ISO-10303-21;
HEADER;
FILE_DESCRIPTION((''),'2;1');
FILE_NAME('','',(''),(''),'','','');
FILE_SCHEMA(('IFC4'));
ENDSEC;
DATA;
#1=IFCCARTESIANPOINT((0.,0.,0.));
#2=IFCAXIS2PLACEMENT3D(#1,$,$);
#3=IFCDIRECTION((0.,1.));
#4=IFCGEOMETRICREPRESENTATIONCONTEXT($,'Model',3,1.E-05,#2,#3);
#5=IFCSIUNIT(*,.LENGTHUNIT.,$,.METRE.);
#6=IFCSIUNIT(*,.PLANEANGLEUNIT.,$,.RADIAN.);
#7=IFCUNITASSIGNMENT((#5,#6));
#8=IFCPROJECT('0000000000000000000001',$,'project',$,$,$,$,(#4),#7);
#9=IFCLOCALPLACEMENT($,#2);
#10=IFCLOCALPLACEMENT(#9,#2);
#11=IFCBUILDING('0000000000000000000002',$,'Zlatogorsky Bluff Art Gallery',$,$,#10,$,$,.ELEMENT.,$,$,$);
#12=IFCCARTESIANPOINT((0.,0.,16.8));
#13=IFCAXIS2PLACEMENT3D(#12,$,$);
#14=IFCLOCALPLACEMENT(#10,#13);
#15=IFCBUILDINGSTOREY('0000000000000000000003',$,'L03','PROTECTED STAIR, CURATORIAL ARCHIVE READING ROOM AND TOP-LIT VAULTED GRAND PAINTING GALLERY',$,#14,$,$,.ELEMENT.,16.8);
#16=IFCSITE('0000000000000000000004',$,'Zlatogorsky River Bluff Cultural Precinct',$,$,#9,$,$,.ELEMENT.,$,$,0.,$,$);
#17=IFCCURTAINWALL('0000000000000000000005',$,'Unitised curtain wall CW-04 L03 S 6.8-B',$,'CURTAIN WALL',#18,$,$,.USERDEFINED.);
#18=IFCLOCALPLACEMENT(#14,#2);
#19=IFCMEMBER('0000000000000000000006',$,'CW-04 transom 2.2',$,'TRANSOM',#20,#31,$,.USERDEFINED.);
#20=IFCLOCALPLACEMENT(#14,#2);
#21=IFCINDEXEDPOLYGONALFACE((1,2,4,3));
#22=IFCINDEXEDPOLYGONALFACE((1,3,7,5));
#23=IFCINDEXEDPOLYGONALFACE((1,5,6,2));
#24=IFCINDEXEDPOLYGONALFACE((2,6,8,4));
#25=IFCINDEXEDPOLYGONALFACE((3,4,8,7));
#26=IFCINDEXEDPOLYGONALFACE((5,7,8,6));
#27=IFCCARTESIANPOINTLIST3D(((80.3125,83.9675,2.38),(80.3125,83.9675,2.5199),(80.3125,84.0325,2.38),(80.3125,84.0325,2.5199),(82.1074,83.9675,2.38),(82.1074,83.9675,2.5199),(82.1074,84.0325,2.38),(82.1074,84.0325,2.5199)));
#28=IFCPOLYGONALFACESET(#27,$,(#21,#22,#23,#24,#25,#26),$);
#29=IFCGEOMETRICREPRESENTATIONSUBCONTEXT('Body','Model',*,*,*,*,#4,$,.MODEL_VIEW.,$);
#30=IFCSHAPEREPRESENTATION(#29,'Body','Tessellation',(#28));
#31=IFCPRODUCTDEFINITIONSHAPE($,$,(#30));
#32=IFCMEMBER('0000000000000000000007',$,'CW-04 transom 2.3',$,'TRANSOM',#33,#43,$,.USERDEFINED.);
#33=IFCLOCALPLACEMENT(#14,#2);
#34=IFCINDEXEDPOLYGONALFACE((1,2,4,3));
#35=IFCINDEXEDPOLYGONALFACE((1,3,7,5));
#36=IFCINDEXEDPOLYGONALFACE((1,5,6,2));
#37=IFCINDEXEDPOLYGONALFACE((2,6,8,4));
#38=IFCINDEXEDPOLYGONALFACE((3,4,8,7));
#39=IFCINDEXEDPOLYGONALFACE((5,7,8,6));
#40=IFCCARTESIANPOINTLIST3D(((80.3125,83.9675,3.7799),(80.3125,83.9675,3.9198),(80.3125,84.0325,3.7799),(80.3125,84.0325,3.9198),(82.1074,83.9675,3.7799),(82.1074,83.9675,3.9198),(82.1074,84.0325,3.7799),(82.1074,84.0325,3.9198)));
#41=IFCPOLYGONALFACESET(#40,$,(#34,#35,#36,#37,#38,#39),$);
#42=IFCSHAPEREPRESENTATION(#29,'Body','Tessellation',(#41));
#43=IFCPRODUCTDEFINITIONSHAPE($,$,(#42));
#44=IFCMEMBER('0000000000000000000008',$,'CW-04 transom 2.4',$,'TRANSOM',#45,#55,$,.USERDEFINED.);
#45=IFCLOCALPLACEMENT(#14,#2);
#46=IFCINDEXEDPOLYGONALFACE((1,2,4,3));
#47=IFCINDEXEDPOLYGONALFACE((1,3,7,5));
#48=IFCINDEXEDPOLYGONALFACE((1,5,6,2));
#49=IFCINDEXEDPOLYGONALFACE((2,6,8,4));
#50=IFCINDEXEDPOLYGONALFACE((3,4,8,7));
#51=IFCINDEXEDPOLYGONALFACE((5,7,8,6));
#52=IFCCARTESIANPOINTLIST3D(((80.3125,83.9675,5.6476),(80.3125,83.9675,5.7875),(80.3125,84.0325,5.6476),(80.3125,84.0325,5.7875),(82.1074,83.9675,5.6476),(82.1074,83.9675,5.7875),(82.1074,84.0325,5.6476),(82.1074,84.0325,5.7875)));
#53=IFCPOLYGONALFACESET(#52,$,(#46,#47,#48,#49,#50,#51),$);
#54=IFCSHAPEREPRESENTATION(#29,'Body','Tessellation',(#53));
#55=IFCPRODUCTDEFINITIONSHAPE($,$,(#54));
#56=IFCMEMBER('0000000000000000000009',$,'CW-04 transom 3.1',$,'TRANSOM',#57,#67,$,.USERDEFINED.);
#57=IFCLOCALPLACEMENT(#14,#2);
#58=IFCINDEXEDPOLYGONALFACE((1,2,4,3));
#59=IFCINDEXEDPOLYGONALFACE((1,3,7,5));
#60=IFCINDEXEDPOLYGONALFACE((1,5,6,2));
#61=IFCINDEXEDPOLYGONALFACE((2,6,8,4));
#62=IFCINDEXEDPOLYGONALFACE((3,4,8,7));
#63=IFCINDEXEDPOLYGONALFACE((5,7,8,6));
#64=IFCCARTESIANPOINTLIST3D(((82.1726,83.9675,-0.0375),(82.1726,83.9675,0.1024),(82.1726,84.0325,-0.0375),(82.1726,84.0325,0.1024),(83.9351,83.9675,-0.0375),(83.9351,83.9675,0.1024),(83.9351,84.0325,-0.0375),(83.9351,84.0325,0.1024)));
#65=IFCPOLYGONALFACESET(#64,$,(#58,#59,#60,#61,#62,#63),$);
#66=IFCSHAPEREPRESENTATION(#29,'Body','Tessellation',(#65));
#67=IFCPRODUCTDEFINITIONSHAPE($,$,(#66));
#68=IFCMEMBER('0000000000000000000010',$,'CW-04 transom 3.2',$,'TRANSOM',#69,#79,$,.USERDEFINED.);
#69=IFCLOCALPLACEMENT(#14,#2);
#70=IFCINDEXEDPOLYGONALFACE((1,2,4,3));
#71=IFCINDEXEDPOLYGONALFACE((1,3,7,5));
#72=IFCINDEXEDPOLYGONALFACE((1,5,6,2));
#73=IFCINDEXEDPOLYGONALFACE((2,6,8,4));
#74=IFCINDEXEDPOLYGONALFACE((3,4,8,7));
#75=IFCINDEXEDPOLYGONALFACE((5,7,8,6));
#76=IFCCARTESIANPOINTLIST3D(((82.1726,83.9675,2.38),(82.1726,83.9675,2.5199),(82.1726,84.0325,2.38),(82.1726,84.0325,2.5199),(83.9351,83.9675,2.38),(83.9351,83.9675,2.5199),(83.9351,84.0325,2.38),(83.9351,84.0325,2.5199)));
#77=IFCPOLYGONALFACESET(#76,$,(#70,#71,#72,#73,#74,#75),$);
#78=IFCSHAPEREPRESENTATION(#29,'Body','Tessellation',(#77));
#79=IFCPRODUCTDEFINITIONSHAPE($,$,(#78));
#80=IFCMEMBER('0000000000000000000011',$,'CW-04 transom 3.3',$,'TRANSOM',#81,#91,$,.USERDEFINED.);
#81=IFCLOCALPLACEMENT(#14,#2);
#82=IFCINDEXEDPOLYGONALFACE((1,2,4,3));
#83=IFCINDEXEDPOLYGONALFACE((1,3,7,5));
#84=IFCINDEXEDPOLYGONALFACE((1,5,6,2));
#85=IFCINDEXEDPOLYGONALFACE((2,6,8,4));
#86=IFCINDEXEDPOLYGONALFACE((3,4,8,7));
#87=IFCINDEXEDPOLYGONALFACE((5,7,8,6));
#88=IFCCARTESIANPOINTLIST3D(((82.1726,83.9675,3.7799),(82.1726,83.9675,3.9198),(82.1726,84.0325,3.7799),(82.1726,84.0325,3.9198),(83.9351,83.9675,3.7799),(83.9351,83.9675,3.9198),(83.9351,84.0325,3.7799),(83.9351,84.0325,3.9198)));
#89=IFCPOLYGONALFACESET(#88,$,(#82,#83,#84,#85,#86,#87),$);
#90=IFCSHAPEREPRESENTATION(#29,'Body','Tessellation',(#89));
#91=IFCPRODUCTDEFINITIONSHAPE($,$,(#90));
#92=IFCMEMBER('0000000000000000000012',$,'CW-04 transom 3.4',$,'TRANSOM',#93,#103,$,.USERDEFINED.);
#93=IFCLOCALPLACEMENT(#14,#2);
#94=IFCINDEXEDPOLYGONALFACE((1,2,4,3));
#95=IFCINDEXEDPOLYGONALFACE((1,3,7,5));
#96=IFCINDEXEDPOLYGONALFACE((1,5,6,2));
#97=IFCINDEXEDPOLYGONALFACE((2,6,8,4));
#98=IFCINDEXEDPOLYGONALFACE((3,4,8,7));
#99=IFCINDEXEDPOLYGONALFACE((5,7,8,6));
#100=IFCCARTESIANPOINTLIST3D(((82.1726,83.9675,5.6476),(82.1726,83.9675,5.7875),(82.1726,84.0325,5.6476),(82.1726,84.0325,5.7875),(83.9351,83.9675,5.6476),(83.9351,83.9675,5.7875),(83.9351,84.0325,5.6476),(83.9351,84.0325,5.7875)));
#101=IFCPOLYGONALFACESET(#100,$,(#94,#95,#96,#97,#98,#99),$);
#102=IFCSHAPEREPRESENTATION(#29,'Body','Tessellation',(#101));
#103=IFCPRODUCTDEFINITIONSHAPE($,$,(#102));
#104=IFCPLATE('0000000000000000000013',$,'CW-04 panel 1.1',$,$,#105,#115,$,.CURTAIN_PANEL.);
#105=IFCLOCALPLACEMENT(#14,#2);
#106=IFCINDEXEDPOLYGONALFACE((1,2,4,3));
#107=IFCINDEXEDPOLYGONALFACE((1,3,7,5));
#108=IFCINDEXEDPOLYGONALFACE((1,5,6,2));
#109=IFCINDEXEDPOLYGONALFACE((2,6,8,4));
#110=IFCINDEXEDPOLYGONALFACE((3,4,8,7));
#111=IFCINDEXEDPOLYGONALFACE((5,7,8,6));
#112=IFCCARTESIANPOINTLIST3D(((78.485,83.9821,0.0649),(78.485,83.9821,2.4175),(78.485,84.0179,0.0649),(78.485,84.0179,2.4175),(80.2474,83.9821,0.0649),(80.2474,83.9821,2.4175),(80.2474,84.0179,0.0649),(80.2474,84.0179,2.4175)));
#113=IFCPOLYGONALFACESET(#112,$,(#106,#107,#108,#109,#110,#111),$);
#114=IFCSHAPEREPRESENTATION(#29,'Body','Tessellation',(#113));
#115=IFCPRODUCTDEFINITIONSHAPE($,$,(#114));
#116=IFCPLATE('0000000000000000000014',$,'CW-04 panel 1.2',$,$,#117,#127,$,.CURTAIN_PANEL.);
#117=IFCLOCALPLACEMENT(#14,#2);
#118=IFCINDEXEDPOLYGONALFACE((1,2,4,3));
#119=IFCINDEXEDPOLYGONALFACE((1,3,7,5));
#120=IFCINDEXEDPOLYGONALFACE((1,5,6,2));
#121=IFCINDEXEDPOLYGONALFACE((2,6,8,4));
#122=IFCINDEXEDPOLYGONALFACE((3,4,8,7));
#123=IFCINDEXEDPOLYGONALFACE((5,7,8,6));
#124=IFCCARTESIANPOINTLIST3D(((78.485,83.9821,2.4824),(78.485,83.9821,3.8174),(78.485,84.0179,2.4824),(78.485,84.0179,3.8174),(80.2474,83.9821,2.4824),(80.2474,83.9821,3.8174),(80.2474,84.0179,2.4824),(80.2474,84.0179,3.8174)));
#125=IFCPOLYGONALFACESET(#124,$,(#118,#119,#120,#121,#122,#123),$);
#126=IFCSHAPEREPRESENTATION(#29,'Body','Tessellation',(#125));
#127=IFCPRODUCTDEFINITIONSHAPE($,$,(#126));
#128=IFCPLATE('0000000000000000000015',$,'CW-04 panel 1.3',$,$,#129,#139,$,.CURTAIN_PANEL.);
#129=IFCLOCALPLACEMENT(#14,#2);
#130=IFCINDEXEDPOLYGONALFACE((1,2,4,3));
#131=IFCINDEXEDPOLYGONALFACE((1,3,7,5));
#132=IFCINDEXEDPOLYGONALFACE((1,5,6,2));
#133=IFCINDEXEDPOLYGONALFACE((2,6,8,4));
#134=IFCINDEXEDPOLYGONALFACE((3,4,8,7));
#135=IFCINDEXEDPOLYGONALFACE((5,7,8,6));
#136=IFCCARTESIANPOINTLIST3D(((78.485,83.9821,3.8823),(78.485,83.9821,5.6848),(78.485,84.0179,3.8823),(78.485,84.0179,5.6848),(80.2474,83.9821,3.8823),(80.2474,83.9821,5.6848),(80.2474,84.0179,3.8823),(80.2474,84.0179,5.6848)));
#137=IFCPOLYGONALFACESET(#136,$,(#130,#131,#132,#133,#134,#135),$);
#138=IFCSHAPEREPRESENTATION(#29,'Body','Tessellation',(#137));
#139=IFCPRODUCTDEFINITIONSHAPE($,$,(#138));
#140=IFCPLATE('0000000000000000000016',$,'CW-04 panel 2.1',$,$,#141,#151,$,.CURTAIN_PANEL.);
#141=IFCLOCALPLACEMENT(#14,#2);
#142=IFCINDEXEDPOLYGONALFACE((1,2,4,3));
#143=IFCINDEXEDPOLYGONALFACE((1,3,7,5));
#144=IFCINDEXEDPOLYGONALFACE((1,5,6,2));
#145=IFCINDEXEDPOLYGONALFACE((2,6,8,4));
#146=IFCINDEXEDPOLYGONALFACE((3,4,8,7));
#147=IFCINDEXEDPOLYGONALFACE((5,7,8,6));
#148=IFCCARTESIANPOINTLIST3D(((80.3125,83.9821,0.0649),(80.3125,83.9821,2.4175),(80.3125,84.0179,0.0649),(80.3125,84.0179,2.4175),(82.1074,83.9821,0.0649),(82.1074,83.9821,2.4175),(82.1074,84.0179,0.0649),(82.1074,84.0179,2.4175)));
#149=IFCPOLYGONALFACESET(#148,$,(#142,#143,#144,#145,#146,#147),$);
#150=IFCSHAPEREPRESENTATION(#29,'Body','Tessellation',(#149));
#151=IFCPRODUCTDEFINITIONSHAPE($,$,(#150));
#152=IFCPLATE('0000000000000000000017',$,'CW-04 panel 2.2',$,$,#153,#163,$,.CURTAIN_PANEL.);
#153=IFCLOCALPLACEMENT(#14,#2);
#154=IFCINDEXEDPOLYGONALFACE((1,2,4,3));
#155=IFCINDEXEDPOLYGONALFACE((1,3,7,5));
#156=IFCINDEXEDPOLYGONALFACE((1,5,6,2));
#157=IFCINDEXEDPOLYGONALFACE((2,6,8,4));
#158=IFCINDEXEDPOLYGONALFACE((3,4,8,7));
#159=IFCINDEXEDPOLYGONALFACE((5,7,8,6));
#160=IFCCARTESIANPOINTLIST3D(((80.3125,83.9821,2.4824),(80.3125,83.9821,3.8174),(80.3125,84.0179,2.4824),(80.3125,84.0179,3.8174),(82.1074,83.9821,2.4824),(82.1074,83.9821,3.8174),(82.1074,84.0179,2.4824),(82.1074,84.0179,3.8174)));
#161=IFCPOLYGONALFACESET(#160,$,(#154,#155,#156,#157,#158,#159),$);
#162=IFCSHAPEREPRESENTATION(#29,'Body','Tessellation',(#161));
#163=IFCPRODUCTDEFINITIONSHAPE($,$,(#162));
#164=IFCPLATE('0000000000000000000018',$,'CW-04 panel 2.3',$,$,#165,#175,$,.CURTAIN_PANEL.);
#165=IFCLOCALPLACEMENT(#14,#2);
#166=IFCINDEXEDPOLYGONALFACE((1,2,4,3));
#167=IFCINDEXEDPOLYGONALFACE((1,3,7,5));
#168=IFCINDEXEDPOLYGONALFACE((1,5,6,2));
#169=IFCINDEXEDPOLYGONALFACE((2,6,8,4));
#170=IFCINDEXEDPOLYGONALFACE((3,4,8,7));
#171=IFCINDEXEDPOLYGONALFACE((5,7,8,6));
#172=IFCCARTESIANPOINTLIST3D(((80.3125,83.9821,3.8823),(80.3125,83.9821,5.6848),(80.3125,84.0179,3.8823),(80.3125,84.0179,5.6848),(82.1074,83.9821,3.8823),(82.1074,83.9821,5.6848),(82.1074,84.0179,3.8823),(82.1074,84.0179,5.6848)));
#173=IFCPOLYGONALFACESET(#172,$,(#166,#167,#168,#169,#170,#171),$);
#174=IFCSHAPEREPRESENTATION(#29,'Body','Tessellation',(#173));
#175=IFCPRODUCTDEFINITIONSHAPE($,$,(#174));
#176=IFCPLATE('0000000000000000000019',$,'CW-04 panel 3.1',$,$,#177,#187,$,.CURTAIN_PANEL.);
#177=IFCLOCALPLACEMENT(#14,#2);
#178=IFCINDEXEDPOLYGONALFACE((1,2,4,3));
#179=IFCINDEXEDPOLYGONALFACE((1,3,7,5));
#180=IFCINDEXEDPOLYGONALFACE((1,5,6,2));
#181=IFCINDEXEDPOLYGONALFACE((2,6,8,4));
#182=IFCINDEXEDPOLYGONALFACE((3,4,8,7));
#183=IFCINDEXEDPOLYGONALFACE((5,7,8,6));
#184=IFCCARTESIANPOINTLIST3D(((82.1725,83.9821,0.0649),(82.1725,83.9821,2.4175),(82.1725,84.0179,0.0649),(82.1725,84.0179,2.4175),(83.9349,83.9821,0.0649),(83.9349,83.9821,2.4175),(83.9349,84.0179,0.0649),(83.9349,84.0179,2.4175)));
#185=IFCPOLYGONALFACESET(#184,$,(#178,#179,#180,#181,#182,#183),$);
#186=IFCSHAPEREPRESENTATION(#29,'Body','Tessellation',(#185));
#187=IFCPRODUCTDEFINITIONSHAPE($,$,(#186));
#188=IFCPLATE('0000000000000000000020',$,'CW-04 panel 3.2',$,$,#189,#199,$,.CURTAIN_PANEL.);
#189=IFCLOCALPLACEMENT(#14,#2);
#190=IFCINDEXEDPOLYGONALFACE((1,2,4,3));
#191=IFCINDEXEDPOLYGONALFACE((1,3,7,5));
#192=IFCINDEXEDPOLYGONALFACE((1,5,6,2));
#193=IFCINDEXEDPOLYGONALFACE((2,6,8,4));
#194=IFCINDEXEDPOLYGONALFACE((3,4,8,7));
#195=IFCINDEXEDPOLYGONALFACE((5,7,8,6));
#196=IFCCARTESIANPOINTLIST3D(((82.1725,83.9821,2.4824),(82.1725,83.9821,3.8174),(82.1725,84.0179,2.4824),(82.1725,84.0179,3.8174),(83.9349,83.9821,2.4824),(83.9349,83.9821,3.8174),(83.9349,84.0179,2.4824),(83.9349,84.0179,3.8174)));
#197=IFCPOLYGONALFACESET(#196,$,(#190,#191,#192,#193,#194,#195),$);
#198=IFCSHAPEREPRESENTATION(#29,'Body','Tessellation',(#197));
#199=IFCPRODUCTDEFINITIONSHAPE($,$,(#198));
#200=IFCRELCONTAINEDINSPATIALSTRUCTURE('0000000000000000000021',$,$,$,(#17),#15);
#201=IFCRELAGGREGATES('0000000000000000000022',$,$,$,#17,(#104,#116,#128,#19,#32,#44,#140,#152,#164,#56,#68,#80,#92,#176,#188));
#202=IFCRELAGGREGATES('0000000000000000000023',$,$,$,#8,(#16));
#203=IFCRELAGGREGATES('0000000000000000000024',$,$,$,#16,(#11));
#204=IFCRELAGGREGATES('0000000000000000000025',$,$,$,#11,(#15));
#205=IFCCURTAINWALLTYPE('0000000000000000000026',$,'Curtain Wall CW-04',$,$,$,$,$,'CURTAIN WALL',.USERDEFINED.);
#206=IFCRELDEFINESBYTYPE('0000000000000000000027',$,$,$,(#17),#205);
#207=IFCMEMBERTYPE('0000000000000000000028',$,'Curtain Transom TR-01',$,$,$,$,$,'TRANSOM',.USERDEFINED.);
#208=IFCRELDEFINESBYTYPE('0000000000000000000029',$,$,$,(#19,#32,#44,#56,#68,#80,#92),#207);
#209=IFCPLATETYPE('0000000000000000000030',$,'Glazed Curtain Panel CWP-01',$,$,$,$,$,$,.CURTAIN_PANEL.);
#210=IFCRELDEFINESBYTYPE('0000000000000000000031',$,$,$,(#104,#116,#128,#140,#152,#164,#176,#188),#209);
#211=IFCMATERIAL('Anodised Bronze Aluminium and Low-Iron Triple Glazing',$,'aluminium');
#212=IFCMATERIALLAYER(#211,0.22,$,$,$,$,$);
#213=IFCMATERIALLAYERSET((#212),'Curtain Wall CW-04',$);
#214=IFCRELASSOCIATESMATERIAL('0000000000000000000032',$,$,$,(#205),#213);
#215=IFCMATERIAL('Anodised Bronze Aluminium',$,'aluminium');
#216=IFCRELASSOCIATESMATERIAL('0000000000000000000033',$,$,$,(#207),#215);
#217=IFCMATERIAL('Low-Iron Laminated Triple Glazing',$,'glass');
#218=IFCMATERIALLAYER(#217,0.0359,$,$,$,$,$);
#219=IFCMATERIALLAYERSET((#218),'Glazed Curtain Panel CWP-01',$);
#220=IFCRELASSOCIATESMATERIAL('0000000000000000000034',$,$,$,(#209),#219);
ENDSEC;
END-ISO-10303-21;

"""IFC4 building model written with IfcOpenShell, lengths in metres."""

from ifc_helpers import new_model, si_unit, direction, frame, origin, origin_2d, place, context, subcontext, project, spatial, rectangle, extrude, material, layer, layer_set, material_profile, profile_set, type_object, element, aggregate, save


model = new_model("IFC4")

# Units and contexts
model_context = context("Model", 3, precision=1e-05, world=origin(), true_north=direction((0.0, 1.0)))
body_context = subcontext(model_context, "Body", "Model", "MODEL_VIEW")
ifc_project = project(units=[si_unit("LENGTHUNIT", "METRE"), si_unit("PLANEANGLEUNIT", "RADIAN")], contexts=[model_context])

# Site, building, storey
site_placement = place(None, origin())
site = spatial("IfcSite", under=ifc_project, at=site_placement, Name="Zlatogorsky River Bluff Cultural Precinct", CompositionType="ELEMENT", RefElevation=0.0)
building_placement = place(site_placement, origin())
building = spatial("IfcBuilding", under=site, at=building_placement, Name="Zlatogorsky Bluff Art Gallery", CompositionType="ELEMENT")
storey_placement = place(building_placement, frame((0.0, 0.0, 16.8)))
storey = spatial("IfcBuildingStorey", under=building, at=storey_placement, Name="L03", Description="PROTECTED STAIR, CURATORIAL ARCHIVE READING ROOM AND TOP-LIT VAULTED GRAND PAINTING GALLERY", CompositionType="ELEMENT", Elevation=16.8)

# Curtain wall, members, plates
ifc_material_1 = material(Name="Anodised Bronze Aluminium and Low-Iron Triple Glazing", Category="aluminium")
ifc_layer_1 = layer(ifc_material_1, 0.22)
ifc_layer_set_1 = layer_set([ifc_layer_1], Name="Curtain Wall CW-04")
curtain_wall_type = type_object("IfcCurtainWallType", Name="Curtain Wall CW-04", ElementType="CURTAIN WALL", PredefinedType="USERDEFINED", material=ifc_layer_set_1)
curtain_wall_placement = place(storey_placement, origin())
curtain_wall = element("IfcCurtainWall", 1, at=curtain_wall_placement, inside=storey, type_object=curtain_wall_type, Name="Unitised curtain wall CW-04 L03 S 6.8-B", ObjectType="CURTAIN WALL", PredefinedType="USERDEFINED")
ifc_material_2 = material(Name="Anodised Bronze Aluminium", Category="aluminium")
ifc_material_profile_1 = material_profile(ifc_material_2, rectangle(XDim=0.0649, YDim=0.1399, at=origin_2d()), Name="ALU TRANSOM 65x140")
ifc_profile_set_1 = profile_set([ifc_material_profile_1], Name="Anodised Bronze Aluminium")
member_type_1 = type_object("IfcMemberType", Name="Curtain Transom TR-01", ElementType="TRANSOM", PredefinedType="USERDEFINED", material=ifc_profile_set_1)
member_1_placement = place(storey_placement, frame((80.3125, 84.0, 2.45), z_axis=(1.0, 0.0, 0.0), x_axis=(0.0, 1.0, 0.0)))
member_1 = element("IfcMember", 2, at=member_1_placement, type_object=member_type_1, Name="CW-04 transom 2.2", ObjectType="TRANSOM", PredefinedType="USERDEFINED", context=body_context, shape_type="SweptSolid", body=[
    extrude(rectangle(XDim=0.0649, YDim=0.1399, at=origin_2d()), origin(), (0.0, 0.0, 1.0), 1.7949),
])
member_2_placement = place(storey_placement, frame((80.3125, 84.0, 3.8499), z_axis=(1.0, 0.0, 0.0), x_axis=(0.0, 1.0, 0.0)))
member_2 = element("IfcMember", 3, at=member_2_placement, type_object=member_type_1, Name="CW-04 transom 2.3", ObjectType="TRANSOM", PredefinedType="USERDEFINED", context=body_context, shape_type="SweptSolid", body=[
    extrude(rectangle(XDim=0.0649, YDim=0.1399, at=origin_2d()), origin(), (0.0, 0.0, 1.0), 1.7949),
])
member_3_placement = place(storey_placement, frame((80.3125, 84.0, 5.7175), z_axis=(1.0, 0.0, 0.0), x_axis=(0.0, 1.0, 0.0)))
member_3 = element("IfcMember", 4, at=member_3_placement, type_object=member_type_1, Name="CW-04 transom 2.4", ObjectType="TRANSOM", PredefinedType="USERDEFINED", context=body_context, shape_type="SweptSolid", body=[
    extrude(rectangle(XDim=0.0649, YDim=0.1399, at=origin_2d()), origin(), (0.0, 0.0, 1.0), 1.7949),
])
member_4_placement = place(storey_placement, frame((82.1726, 84.0, 0.0325), z_axis=(1.0, 0.0, 0.0), x_axis=(0.0, 1.0, 0.0)))
member_4 = element("IfcMember", 5, at=member_4_placement, type_object=member_type_1, Name="CW-04 transom 3.1", ObjectType="TRANSOM", PredefinedType="USERDEFINED", context=body_context, shape_type="SweptSolid", body=[
    extrude(rectangle(XDim=0.0649, YDim=0.1399, at=origin_2d()), origin(), (0.0, 0.0, 1.0), 1.7625),
])
member_5_placement = place(storey_placement, frame((82.1726, 84.0, 2.45), z_axis=(1.0, 0.0, 0.0), x_axis=(0.0, 1.0, 0.0)))
member_5 = element("IfcMember", 6, at=member_5_placement, type_object=member_type_1, Name="CW-04 transom 3.2", ObjectType="TRANSOM", PredefinedType="USERDEFINED", context=body_context, shape_type="SweptSolid", body=[
    extrude(rectangle(XDim=0.0649, YDim=0.1399, at=origin_2d()), origin(), (0.0, 0.0, 1.0), 1.7625),
])
member_6_placement = place(storey_placement, frame((82.1726, 84.0, 3.8499), z_axis=(1.0, 0.0, 0.0), x_axis=(0.0, 1.0, 0.0)))
member_6 = element("IfcMember", 7, at=member_6_placement, type_object=member_type_1, Name="CW-04 transom 3.3", ObjectType="TRANSOM", PredefinedType="USERDEFINED", context=body_context, shape_type="SweptSolid", body=[
    extrude(rectangle(XDim=0.0649, YDim=0.1399, at=origin_2d()), origin(), (0.0, 0.0, 1.0), 1.7625),
])
member_7_placement = place(storey_placement, frame((82.1726, 84.0, 5.7175), z_axis=(1.0, 0.0, 0.0), x_axis=(0.0, 1.0, 0.0)))
member_7 = element("IfcMember", 8, at=member_7_placement, type_object=member_type_1, Name="CW-04 transom 3.4", ObjectType="TRANSOM", PredefinedType="USERDEFINED", context=body_context, shape_type="SweptSolid", body=[
    extrude(rectangle(XDim=0.0649, YDim=0.1399, at=origin_2d()), origin(), (0.0, 0.0, 1.0), 1.7625),
])
ifc_material_3 = material(Name="Low-Iron Laminated Triple Glazing", Category="glass")
ifc_layer_2 = layer(ifc_material_3, 0.0359)
ifc_layer_set_2 = layer_set([ifc_layer_2], Name="Glazed Curtain Panel CWP-01")
plate_type = type_object("IfcPlateType", Name="Glazed Curtain Panel CWP-01", PredefinedType="CURTAIN_PANEL", material=ifc_layer_set_2)
plate_1_placement = place(storey_placement, frame((79.3662, 84.0, 0.0649), z_axis=(0.0, 0.0, 1.0), x_axis=(1.0, 0.0, 0.0)))
plate_1 = element("IfcPlate", 9, at=plate_1_placement, type_object=plate_type, Name="CW-04 panel 1.1", PredefinedType="CURTAIN_PANEL", context=body_context, shape_type="SweptSolid", body=[
    extrude(rectangle(XDim=1.7625, YDim=0.0359, at=origin_2d()), origin(), (0.0, 0.0, 1.0), 2.3525),
])
plate_2_placement = place(storey_placement, frame((79.3662, 84.0, 2.4824), z_axis=(0.0, 0.0, 1.0), x_axis=(1.0, 0.0, 0.0)))
plate_2 = element("IfcPlate", 10, at=plate_2_placement, type_object=plate_type, Name="CW-04 panel 1.2", PredefinedType="CURTAIN_PANEL", context=body_context, shape_type="SweptSolid", body=[
    extrude(rectangle(XDim=1.7625, YDim=0.0359, at=origin_2d()), origin(), (0.0, 0.0, 1.0), 1.335),
])
plate_3_placement = place(storey_placement, frame((79.3662, 84.0, 3.8823), z_axis=(0.0, 0.0, 1.0), x_axis=(1.0, 0.0, 0.0)))
plate_3 = element("IfcPlate", 11, at=plate_3_placement, type_object=plate_type, Name="CW-04 panel 1.3", PredefinedType="CURTAIN_PANEL", context=body_context, shape_type="SweptSolid", body=[
    extrude(rectangle(XDim=1.7625, YDim=0.0359, at=origin_2d()), origin(), (0.0, 0.0, 1.0), 1.8025),
])
plate_4_placement = place(storey_placement, frame((81.21, 84.0, 0.0649), z_axis=(0.0, 0.0, 1.0), x_axis=(1.0, 0.0, 0.0)))
plate_4 = element("IfcPlate", 12, at=plate_4_placement, type_object=plate_type, Name="CW-04 panel 2.1", PredefinedType="CURTAIN_PANEL", context=body_context, shape_type="SweptSolid", body=[
    extrude(rectangle(XDim=1.7949, YDim=0.0359, at=origin_2d()), origin(), (0.0, 0.0, 1.0), 2.3525),
])
plate_5_placement = place(storey_placement, frame((81.21, 84.0, 2.4824), z_axis=(0.0, 0.0, 1.0), x_axis=(1.0, 0.0, 0.0)))
plate_5 = element("IfcPlate", 13, at=plate_5_placement, type_object=plate_type, Name="CW-04 panel 2.2", PredefinedType="CURTAIN_PANEL", context=body_context, shape_type="SweptSolid", body=[
    extrude(rectangle(XDim=1.7949, YDim=0.0359, at=origin_2d()), origin(), (0.0, 0.0, 1.0), 1.335),
])
plate_6_placement = place(storey_placement, frame((81.21, 84.0, 3.8823), z_axis=(0.0, 0.0, 1.0), x_axis=(1.0, 0.0, 0.0)))
plate_6 = element("IfcPlate", 14, at=plate_6_placement, type_object=plate_type, Name="CW-04 panel 2.3", PredefinedType="CURTAIN_PANEL", context=body_context, shape_type="SweptSolid", body=[
    extrude(rectangle(XDim=1.7949, YDim=0.0359, at=origin_2d()), origin(), (0.0, 0.0, 1.0), 1.8025),
])
plate_7_placement = place(storey_placement, frame((83.0537, 84.0, 0.0649), z_axis=(0.0, 0.0, 1.0), x_axis=(1.0, 0.0, 0.0)))
plate_7 = element("IfcPlate", 15, at=plate_7_placement, type_object=plate_type, Name="CW-04 panel 3.1", PredefinedType="CURTAIN_PANEL", context=body_context, shape_type="SweptSolid", body=[
    extrude(rectangle(XDim=1.7625, YDim=0.0359, at=origin_2d()), origin(), (0.0, 0.0, 1.0), 2.3525),
])
plate_8_placement = place(storey_placement, frame((83.0537, 84.0, 2.4824), z_axis=(0.0, 0.0, 1.0), x_axis=(1.0, 0.0, 0.0)))
plate_8 = element("IfcPlate", 16, at=plate_8_placement, type_object=plate_type, Name="CW-04 panel 3.2", PredefinedType="CURTAIN_PANEL", context=body_context, shape_type="SweptSolid", body=[
    extrude(rectangle(XDim=1.7625, YDim=0.0359, at=origin_2d()), origin(), (0.0, 0.0, 1.0), 1.335),
])
aggregate(curtain_wall, [plate_1, plate_2, plate_3, member_1, member_2, member_3, plate_4, plate_5, plate_6, member_4, member_5, member_6, member_7, plate_7, plate_8])

save(model, "model.ifc")
